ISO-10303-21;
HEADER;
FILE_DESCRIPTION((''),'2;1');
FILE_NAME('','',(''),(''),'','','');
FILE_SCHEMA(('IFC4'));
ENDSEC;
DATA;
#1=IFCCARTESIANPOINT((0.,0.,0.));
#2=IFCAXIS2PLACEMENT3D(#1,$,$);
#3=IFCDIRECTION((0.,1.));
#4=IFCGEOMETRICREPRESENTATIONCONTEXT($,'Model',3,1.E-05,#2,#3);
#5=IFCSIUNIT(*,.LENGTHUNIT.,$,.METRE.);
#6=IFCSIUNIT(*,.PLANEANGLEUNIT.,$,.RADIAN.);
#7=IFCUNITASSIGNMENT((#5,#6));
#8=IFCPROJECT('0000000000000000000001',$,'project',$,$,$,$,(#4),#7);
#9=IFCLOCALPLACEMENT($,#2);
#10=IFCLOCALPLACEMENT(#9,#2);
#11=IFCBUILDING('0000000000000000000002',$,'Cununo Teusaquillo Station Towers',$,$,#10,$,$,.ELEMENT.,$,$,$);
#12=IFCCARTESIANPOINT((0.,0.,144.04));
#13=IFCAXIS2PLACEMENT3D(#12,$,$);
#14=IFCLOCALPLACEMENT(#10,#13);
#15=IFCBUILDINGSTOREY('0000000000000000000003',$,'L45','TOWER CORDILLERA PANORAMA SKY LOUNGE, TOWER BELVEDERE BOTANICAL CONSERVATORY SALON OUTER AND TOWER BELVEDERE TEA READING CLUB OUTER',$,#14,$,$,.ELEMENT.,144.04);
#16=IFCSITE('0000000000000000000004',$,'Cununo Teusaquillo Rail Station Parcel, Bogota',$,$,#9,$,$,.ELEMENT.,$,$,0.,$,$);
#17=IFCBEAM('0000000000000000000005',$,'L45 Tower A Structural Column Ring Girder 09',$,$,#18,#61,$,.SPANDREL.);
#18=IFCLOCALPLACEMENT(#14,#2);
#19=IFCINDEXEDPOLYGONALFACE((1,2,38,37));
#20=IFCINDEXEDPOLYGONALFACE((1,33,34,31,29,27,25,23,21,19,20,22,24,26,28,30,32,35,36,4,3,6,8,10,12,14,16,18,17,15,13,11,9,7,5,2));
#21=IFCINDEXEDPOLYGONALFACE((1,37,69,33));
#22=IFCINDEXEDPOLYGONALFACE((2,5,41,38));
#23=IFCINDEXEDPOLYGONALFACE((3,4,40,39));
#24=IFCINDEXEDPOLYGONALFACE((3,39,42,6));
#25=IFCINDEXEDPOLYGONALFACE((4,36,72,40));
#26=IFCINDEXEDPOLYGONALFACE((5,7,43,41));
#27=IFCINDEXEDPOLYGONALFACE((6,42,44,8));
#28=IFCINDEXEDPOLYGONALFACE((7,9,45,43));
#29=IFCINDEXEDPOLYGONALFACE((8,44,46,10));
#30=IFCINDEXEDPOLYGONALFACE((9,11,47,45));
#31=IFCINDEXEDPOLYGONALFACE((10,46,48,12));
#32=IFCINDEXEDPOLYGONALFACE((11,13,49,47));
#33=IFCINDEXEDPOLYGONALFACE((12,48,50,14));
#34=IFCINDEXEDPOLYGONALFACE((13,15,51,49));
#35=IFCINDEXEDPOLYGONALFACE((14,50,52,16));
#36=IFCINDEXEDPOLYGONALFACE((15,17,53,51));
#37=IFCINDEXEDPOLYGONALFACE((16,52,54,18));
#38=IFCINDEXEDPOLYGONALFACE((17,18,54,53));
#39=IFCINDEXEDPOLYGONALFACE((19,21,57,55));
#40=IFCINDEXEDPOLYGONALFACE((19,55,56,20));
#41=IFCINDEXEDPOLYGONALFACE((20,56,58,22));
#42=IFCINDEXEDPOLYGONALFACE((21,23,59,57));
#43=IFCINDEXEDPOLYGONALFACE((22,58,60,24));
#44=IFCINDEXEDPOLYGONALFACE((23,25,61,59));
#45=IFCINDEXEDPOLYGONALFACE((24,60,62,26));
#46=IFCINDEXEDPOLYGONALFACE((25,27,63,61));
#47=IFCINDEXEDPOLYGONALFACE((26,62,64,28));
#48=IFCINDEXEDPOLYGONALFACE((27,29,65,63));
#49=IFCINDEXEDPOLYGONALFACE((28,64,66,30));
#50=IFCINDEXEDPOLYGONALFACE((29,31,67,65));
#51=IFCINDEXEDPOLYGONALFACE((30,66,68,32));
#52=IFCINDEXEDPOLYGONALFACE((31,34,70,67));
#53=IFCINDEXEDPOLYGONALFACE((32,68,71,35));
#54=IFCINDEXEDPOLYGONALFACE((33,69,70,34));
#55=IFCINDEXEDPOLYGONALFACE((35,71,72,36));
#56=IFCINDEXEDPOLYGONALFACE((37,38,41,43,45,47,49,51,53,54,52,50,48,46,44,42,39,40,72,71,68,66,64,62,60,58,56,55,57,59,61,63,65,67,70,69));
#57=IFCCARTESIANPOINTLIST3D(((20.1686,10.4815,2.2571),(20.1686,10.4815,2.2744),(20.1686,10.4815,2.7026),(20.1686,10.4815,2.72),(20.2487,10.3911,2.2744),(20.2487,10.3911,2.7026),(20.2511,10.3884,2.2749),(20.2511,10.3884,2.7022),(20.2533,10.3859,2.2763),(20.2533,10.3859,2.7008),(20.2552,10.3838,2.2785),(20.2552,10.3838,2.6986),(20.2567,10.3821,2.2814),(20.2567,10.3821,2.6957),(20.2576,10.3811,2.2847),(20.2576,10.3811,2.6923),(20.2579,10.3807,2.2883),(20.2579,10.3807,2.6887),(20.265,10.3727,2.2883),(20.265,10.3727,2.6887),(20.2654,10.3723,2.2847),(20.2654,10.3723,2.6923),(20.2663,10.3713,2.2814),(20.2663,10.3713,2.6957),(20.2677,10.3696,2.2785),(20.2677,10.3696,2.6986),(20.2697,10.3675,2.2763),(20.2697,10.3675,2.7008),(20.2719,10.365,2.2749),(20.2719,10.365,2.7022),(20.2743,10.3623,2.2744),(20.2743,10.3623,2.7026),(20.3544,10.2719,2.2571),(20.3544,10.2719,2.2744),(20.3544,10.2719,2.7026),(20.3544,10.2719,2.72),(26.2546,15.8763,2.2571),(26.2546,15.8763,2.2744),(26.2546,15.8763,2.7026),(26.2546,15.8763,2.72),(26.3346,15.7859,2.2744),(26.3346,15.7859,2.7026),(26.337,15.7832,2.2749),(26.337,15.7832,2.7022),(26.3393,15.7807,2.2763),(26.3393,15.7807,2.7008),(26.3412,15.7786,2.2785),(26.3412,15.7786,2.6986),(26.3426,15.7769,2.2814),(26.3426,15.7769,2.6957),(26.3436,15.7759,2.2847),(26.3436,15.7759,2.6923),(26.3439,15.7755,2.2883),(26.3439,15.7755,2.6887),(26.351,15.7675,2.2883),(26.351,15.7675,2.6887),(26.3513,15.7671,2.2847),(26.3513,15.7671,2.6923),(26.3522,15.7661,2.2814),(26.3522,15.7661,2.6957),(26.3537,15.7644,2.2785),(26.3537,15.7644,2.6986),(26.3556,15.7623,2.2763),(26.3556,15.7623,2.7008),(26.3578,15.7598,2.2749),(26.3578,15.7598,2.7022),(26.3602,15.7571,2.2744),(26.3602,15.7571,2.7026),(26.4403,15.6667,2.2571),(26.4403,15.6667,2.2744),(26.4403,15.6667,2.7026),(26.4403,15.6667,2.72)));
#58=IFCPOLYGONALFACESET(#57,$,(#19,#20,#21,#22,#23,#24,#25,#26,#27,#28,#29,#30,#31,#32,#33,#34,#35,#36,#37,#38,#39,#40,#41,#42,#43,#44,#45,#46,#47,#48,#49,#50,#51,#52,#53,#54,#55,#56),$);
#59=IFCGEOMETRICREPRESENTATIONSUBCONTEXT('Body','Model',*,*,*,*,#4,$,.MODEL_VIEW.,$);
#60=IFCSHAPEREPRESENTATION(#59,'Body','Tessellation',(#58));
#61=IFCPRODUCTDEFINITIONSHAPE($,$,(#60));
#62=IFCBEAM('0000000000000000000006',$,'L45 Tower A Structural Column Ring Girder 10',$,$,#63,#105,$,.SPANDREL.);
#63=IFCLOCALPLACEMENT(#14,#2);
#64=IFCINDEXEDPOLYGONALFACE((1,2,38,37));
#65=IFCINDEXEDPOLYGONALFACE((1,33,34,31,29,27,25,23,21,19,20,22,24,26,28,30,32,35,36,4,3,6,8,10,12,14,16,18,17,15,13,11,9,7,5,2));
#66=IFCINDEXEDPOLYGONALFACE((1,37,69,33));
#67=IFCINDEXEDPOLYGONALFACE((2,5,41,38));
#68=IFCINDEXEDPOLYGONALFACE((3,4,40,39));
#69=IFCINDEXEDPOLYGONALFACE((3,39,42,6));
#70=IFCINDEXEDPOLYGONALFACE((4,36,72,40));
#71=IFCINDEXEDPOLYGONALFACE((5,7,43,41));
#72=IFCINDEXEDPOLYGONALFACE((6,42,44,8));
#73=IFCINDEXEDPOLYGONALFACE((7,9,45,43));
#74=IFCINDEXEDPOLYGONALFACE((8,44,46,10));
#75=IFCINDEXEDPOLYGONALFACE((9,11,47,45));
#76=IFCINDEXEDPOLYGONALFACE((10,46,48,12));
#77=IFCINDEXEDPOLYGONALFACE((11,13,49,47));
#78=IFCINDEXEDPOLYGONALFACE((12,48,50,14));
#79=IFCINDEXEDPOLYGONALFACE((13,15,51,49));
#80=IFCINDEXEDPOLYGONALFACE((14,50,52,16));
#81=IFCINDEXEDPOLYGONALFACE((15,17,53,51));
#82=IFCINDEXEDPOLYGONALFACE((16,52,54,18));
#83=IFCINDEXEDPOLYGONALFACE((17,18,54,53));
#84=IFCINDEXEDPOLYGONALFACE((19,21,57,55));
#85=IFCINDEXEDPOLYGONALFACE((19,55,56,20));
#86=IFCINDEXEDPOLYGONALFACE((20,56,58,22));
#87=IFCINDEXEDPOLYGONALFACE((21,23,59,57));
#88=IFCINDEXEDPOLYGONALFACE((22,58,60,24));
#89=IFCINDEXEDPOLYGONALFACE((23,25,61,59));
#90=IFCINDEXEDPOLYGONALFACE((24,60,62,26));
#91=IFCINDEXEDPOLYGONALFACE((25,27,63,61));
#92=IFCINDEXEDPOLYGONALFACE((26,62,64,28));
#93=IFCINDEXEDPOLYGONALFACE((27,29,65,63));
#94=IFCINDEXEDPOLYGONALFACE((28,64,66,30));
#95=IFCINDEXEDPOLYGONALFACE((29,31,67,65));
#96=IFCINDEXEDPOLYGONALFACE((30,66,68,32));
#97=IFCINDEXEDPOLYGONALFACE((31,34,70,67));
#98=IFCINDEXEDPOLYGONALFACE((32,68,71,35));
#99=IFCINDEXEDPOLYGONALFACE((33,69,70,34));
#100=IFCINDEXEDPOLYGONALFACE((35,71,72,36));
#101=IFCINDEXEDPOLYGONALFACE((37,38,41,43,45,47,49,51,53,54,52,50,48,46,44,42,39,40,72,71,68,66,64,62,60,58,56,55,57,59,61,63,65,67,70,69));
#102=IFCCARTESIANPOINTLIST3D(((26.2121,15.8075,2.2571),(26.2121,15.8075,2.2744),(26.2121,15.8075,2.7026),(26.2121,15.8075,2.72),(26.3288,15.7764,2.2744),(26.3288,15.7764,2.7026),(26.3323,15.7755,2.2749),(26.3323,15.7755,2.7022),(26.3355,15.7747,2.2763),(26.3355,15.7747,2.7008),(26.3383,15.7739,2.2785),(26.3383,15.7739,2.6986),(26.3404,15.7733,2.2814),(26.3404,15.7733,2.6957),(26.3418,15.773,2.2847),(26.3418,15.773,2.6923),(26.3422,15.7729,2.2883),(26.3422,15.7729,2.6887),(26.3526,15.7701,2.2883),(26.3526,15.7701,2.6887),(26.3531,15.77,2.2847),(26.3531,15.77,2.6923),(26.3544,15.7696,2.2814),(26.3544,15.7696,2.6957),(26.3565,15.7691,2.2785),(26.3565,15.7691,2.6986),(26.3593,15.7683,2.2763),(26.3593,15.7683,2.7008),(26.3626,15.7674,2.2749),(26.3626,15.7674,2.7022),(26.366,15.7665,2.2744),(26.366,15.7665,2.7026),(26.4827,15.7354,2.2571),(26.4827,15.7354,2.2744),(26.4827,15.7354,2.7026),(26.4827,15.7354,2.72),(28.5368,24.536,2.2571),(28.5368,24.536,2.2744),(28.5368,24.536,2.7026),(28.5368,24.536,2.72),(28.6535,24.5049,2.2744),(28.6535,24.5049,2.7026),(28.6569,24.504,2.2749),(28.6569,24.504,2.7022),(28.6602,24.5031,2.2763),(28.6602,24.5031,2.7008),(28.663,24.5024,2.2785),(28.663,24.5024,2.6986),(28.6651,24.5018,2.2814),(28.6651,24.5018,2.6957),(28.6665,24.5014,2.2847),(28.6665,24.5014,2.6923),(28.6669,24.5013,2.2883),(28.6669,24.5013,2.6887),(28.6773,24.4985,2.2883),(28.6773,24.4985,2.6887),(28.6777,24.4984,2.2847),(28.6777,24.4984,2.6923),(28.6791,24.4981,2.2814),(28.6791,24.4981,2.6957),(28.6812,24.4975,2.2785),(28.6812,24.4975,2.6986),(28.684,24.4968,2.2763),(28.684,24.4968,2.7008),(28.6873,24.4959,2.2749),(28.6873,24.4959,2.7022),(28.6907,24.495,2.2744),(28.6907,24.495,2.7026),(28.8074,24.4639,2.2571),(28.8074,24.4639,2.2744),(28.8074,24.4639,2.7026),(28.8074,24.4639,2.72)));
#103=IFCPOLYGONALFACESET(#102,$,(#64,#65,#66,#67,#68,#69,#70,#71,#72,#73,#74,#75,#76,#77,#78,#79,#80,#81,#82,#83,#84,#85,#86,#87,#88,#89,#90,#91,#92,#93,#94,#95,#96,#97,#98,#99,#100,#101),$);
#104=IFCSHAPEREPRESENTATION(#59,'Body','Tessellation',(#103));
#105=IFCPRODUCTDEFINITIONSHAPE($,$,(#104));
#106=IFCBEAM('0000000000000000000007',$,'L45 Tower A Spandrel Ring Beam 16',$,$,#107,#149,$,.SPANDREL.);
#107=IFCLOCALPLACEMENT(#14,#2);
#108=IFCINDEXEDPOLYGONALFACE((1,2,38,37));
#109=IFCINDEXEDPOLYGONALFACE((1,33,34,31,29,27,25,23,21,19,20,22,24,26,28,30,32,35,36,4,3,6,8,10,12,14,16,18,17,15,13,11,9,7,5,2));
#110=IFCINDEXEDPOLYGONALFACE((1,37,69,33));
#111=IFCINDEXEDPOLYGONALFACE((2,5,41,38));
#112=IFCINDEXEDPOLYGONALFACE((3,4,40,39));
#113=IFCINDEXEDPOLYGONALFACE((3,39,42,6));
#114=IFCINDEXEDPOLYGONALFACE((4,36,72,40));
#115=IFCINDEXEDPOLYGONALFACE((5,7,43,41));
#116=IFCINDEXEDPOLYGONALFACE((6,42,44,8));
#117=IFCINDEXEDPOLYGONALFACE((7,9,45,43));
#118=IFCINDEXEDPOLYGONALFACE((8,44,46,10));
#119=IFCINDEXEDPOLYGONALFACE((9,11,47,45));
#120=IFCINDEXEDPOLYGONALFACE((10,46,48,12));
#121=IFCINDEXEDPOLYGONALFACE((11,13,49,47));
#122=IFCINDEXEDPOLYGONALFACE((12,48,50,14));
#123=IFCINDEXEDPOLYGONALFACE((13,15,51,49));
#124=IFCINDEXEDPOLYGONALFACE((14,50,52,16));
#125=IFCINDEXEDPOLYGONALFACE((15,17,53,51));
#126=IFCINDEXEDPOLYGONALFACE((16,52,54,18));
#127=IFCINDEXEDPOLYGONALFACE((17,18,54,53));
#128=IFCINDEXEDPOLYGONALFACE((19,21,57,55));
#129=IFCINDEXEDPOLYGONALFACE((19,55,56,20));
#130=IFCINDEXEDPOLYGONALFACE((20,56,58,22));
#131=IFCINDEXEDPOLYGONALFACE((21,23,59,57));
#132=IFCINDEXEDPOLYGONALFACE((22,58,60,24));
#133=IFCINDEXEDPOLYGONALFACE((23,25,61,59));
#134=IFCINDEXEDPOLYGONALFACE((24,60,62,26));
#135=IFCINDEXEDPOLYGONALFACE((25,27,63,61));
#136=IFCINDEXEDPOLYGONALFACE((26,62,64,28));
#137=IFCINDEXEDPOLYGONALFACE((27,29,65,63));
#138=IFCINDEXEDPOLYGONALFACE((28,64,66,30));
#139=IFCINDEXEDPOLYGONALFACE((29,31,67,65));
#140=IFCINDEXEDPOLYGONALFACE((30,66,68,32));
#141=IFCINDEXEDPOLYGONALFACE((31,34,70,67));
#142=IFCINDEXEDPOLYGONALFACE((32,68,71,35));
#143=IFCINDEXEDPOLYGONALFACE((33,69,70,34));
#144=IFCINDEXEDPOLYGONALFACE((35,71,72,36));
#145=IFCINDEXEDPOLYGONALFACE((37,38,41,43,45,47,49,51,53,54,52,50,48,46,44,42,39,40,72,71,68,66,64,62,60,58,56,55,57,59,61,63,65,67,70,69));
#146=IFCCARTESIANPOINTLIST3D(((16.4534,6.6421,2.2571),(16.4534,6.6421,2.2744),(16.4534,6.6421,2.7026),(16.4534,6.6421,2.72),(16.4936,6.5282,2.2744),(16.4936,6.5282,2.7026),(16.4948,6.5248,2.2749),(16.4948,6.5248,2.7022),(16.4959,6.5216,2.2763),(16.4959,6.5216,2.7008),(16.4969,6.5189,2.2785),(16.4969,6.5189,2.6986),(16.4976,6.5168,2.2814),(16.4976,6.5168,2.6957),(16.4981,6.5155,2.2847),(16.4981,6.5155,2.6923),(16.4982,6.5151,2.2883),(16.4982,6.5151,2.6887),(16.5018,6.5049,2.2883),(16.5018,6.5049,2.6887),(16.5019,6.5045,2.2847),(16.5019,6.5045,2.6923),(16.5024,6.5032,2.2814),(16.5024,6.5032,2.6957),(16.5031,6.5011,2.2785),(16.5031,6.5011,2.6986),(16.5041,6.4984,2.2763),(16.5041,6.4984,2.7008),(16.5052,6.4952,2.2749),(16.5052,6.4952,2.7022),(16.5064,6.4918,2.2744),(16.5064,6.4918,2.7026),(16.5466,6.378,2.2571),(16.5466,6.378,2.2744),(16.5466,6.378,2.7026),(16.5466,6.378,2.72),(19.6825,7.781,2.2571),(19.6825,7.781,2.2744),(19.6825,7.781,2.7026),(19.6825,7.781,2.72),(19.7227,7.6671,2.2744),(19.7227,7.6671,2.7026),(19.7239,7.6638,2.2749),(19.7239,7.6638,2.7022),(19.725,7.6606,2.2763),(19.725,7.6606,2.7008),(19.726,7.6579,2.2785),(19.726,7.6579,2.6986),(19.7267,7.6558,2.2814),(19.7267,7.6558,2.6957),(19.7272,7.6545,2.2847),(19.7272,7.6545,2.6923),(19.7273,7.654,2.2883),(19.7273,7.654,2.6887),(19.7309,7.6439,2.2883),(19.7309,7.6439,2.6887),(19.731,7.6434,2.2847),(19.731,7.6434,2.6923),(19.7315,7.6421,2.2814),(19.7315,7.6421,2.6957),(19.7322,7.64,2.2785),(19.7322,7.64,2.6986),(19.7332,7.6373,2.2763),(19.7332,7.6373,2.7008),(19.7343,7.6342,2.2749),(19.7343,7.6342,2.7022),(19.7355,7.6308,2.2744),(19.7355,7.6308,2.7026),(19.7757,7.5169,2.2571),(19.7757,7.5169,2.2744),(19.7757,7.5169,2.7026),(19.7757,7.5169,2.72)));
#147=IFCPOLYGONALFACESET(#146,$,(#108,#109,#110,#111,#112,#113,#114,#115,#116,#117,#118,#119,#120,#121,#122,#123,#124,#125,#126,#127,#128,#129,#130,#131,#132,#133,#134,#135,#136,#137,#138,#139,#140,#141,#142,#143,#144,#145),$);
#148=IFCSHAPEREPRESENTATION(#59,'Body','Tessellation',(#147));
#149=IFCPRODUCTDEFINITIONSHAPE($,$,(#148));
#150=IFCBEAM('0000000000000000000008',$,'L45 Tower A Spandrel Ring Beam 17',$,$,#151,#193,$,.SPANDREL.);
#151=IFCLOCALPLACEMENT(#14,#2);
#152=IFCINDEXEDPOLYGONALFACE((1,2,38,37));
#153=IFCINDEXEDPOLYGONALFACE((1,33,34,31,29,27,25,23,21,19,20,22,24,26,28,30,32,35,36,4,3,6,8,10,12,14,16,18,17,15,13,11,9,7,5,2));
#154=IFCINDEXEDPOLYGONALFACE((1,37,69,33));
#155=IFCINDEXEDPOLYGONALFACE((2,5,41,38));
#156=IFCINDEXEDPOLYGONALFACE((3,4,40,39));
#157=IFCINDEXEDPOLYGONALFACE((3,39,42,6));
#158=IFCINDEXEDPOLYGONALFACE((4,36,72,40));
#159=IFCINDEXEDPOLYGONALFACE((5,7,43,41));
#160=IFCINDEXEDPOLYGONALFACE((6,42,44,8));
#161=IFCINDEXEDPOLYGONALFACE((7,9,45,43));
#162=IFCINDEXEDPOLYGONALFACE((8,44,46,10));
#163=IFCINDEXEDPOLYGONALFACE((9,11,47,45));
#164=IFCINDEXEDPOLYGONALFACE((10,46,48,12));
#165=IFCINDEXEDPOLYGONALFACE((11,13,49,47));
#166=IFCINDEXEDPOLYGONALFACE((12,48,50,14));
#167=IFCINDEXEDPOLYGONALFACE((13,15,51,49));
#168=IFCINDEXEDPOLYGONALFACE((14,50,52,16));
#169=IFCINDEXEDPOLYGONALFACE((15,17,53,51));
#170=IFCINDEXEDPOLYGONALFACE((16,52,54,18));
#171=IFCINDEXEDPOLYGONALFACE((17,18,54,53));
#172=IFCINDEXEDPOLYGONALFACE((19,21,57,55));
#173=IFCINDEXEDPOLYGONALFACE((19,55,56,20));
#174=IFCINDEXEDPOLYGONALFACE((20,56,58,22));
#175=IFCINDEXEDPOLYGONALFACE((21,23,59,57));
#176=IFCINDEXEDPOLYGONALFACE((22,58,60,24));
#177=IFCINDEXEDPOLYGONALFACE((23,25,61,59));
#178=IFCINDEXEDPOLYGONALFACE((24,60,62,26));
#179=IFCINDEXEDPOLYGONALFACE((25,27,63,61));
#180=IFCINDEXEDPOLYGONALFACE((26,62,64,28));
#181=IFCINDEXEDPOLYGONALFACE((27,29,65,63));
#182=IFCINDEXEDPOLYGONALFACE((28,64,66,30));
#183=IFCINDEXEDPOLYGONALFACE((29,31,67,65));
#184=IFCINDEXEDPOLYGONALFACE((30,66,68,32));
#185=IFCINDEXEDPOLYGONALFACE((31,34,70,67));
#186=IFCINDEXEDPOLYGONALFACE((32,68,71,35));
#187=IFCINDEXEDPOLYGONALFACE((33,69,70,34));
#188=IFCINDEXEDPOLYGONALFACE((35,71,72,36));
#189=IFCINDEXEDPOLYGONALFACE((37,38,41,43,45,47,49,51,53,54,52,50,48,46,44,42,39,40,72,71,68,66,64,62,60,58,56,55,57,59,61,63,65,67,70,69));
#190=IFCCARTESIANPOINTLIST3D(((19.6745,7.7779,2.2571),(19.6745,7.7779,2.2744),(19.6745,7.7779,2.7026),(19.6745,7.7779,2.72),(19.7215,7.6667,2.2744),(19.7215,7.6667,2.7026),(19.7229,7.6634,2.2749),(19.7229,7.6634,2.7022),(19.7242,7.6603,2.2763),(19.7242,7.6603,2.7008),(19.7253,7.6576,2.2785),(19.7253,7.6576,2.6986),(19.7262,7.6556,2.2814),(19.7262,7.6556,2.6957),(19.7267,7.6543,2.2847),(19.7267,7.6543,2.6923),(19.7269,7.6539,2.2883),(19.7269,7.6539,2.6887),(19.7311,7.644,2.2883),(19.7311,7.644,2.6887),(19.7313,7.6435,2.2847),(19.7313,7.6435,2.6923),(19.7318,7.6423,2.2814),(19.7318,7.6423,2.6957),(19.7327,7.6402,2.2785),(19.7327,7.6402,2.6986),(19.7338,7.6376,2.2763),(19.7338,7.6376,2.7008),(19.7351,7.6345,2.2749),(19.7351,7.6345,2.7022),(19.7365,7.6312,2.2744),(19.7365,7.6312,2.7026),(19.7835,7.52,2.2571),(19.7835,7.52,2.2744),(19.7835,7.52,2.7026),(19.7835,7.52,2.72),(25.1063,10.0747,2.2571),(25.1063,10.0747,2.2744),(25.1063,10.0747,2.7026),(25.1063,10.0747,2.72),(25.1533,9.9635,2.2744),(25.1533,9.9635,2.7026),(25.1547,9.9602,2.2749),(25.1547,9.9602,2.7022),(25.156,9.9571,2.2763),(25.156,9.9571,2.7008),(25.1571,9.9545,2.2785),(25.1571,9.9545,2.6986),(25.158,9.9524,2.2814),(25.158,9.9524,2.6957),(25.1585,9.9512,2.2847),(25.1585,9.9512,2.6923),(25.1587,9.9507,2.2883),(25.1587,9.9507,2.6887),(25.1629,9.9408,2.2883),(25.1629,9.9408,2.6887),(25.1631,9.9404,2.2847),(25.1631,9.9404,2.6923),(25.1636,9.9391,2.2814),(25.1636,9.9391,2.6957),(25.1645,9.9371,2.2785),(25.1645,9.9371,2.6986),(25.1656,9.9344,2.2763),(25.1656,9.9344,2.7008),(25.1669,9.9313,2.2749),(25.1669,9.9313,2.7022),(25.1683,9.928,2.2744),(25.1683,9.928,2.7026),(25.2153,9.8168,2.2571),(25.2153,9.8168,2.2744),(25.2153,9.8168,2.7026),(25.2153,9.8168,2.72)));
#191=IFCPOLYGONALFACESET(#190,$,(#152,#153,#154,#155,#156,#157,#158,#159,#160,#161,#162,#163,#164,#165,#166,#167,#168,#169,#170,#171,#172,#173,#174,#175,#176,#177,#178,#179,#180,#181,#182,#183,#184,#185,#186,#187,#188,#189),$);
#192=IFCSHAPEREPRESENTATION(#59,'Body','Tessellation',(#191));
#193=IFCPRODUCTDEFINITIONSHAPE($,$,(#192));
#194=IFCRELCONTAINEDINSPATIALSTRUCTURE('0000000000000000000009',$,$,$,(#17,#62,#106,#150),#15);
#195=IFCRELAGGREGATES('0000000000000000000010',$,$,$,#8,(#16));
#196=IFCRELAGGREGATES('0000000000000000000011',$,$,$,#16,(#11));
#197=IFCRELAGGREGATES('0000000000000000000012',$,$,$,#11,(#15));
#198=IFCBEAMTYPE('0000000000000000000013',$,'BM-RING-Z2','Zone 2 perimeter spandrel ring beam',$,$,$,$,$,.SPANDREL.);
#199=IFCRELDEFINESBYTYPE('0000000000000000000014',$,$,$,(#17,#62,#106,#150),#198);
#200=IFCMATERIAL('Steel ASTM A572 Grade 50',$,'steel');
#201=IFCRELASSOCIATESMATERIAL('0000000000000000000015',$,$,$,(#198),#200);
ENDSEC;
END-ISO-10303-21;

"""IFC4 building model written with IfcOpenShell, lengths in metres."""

from ifc_helpers import new_model, si_unit, direction, frame, origin, origin_2d, place, context, subcontext, project, spatial, i_section, extrude, material, material_profile, profile_set, type_object, element, save


model = new_model("IFC4")

# Units and contexts
model_context = context("Model", 3, precision=1e-05, world=origin(), true_north=direction((0.0, 1.0)))
body_context = subcontext(model_context, "Body", "Model", "MODEL_VIEW")
ifc_project = project(units=[si_unit("LENGTHUNIT", "METRE"), si_unit("PLANEANGLEUNIT", "RADIAN")], contexts=[model_context])

# Site, building, storey
site_placement = place(None, origin())
site = spatial("IfcSite", under=ifc_project, at=site_placement, Name="Cununo Teusaquillo Rail Station Parcel, Bogota", CompositionType="ELEMENT", RefElevation=0.0)
building_placement = place(site_placement, origin())
building = spatial("IfcBuilding", under=site, at=building_placement, Name="Cununo Teusaquillo Station Towers", CompositionType="ELEMENT")
storey_placement = place(building_placement, frame((0.0, 0.0, 144.04)))
storey = spatial("IfcBuildingStorey", under=building, at=storey_placement, Name="L45", Description="TOWER CORDILLERA PANORAMA SKY LOUNGE, TOWER BELVEDERE BOTANICAL CONSERVATORY SALON OUTER AND TOWER BELVEDERE TEA READING CLUB OUTER", CompositionType="ELEMENT", Elevation=144.04)

# Beams
ifc_material_1 = material(Name="Steel ASTM A572 Grade 50", Category="steel")
ifc_material_profile_1 = material_profile(ifc_material_1, i_section(OverallWidth=0.28, OverallDepth=0.4629, WebThickness=0.0107, FlangeThickness=0.0173, FilletRadius=0.0139, at=origin_2d()), Name="W18X76")
ifc_profile_set_1 = profile_set([ifc_material_profile_1], Name="Steel ASTM A572 Grade 50")
beam_type = type_object("IfcBeamType", Name="BM-RING-Z2", Description="Zone 2 perimeter spandrel ring beam", PredefinedType="SPANDREL", material=ifc_profile_set_1)
beam_1_placement = place(storey_placement, frame((20.2615, 10.3767, 2.4885), z_axis=(0.748321, 0.663337, 0.0), x_axis=(-0.663337, 0.748321, 0.0)))
element("IfcBeam", 1, at=beam_1_placement, inside=storey, type_object=beam_type, Name="L45 Tower A Structural Column Ring Girder 09", PredefinedType="SPANDREL", context=body_context, shape_type="SweptSolid", body=[
    extrude(i_section(OverallWidth=0.28, OverallDepth=0.4629, WebThickness=0.0107, FlangeThickness=0.0173, FilletRadius=0.0139, at=origin_2d()), origin(), (0.0, 0.0, 1.0), 8.1328),
])
beam_2_placement = place(storey_placement, frame((26.3474, 15.7715, 2.4885), z_axis=(0.257363, 0.966315, 0.0), x_axis=(-0.966315, 0.257363, 0.0)))
element("IfcBeam", 2, at=beam_2_placement, inside=storey, type_object=beam_type, Name="L45 Tower A Structural Column Ring Girder 10", PredefinedType="SPANDREL", context=body_context, shape_type="SweptSolid", body=[
    extrude(i_section(OverallWidth=0.28, OverallDepth=0.4629, WebThickness=0.0107, FlangeThickness=0.0173, FilletRadius=0.0139, at=origin_2d()), origin(), (0.0, 0.0, 1.0), 9.0327),
])
beam_3_placement = place(storey_placement, frame((16.5, 6.51, 2.4885), z_axis=(0.943057, 0.33263, 0.0), x_axis=(-0.33263, 0.943057, 0.0)))
element("IfcBeam", 3, at=beam_3_placement, inside=storey, type_object=beam_type, Name="L45 Tower A Spandrel Ring Beam 16", PredefinedType="SPANDREL", context=body_context, shape_type="SweptSolid", body=[
    extrude(i_section(OverallWidth=0.28, OverallDepth=0.4629, WebThickness=0.0107, FlangeThickness=0.0173, FilletRadius=0.0139, at=origin_2d()), origin(), (0.0, 0.0, 1.0), 3.4241),
])
beam_4_placement = place(storey_placement, frame((19.729, 7.6489, 2.4885), z_axis=(0.921042, 0.389463, 0.0), x_axis=(-0.389463, 0.921042, 0.0)))
element("IfcBeam", 4, at=beam_4_placement, inside=storey, type_object=beam_type, Name="L45 Tower A Spandrel Ring Beam 17", PredefinedType="SPANDREL", context=body_context, shape_type="SweptSolid", body=[
    extrude(i_section(OverallWidth=0.28, OverallDepth=0.4629, WebThickness=0.0107, FlangeThickness=0.0173, FilletRadius=0.0139, at=origin_2d()), origin(), (0.0, 0.0, 1.0), 5.8975),
])

save(model, "model.ifc")
